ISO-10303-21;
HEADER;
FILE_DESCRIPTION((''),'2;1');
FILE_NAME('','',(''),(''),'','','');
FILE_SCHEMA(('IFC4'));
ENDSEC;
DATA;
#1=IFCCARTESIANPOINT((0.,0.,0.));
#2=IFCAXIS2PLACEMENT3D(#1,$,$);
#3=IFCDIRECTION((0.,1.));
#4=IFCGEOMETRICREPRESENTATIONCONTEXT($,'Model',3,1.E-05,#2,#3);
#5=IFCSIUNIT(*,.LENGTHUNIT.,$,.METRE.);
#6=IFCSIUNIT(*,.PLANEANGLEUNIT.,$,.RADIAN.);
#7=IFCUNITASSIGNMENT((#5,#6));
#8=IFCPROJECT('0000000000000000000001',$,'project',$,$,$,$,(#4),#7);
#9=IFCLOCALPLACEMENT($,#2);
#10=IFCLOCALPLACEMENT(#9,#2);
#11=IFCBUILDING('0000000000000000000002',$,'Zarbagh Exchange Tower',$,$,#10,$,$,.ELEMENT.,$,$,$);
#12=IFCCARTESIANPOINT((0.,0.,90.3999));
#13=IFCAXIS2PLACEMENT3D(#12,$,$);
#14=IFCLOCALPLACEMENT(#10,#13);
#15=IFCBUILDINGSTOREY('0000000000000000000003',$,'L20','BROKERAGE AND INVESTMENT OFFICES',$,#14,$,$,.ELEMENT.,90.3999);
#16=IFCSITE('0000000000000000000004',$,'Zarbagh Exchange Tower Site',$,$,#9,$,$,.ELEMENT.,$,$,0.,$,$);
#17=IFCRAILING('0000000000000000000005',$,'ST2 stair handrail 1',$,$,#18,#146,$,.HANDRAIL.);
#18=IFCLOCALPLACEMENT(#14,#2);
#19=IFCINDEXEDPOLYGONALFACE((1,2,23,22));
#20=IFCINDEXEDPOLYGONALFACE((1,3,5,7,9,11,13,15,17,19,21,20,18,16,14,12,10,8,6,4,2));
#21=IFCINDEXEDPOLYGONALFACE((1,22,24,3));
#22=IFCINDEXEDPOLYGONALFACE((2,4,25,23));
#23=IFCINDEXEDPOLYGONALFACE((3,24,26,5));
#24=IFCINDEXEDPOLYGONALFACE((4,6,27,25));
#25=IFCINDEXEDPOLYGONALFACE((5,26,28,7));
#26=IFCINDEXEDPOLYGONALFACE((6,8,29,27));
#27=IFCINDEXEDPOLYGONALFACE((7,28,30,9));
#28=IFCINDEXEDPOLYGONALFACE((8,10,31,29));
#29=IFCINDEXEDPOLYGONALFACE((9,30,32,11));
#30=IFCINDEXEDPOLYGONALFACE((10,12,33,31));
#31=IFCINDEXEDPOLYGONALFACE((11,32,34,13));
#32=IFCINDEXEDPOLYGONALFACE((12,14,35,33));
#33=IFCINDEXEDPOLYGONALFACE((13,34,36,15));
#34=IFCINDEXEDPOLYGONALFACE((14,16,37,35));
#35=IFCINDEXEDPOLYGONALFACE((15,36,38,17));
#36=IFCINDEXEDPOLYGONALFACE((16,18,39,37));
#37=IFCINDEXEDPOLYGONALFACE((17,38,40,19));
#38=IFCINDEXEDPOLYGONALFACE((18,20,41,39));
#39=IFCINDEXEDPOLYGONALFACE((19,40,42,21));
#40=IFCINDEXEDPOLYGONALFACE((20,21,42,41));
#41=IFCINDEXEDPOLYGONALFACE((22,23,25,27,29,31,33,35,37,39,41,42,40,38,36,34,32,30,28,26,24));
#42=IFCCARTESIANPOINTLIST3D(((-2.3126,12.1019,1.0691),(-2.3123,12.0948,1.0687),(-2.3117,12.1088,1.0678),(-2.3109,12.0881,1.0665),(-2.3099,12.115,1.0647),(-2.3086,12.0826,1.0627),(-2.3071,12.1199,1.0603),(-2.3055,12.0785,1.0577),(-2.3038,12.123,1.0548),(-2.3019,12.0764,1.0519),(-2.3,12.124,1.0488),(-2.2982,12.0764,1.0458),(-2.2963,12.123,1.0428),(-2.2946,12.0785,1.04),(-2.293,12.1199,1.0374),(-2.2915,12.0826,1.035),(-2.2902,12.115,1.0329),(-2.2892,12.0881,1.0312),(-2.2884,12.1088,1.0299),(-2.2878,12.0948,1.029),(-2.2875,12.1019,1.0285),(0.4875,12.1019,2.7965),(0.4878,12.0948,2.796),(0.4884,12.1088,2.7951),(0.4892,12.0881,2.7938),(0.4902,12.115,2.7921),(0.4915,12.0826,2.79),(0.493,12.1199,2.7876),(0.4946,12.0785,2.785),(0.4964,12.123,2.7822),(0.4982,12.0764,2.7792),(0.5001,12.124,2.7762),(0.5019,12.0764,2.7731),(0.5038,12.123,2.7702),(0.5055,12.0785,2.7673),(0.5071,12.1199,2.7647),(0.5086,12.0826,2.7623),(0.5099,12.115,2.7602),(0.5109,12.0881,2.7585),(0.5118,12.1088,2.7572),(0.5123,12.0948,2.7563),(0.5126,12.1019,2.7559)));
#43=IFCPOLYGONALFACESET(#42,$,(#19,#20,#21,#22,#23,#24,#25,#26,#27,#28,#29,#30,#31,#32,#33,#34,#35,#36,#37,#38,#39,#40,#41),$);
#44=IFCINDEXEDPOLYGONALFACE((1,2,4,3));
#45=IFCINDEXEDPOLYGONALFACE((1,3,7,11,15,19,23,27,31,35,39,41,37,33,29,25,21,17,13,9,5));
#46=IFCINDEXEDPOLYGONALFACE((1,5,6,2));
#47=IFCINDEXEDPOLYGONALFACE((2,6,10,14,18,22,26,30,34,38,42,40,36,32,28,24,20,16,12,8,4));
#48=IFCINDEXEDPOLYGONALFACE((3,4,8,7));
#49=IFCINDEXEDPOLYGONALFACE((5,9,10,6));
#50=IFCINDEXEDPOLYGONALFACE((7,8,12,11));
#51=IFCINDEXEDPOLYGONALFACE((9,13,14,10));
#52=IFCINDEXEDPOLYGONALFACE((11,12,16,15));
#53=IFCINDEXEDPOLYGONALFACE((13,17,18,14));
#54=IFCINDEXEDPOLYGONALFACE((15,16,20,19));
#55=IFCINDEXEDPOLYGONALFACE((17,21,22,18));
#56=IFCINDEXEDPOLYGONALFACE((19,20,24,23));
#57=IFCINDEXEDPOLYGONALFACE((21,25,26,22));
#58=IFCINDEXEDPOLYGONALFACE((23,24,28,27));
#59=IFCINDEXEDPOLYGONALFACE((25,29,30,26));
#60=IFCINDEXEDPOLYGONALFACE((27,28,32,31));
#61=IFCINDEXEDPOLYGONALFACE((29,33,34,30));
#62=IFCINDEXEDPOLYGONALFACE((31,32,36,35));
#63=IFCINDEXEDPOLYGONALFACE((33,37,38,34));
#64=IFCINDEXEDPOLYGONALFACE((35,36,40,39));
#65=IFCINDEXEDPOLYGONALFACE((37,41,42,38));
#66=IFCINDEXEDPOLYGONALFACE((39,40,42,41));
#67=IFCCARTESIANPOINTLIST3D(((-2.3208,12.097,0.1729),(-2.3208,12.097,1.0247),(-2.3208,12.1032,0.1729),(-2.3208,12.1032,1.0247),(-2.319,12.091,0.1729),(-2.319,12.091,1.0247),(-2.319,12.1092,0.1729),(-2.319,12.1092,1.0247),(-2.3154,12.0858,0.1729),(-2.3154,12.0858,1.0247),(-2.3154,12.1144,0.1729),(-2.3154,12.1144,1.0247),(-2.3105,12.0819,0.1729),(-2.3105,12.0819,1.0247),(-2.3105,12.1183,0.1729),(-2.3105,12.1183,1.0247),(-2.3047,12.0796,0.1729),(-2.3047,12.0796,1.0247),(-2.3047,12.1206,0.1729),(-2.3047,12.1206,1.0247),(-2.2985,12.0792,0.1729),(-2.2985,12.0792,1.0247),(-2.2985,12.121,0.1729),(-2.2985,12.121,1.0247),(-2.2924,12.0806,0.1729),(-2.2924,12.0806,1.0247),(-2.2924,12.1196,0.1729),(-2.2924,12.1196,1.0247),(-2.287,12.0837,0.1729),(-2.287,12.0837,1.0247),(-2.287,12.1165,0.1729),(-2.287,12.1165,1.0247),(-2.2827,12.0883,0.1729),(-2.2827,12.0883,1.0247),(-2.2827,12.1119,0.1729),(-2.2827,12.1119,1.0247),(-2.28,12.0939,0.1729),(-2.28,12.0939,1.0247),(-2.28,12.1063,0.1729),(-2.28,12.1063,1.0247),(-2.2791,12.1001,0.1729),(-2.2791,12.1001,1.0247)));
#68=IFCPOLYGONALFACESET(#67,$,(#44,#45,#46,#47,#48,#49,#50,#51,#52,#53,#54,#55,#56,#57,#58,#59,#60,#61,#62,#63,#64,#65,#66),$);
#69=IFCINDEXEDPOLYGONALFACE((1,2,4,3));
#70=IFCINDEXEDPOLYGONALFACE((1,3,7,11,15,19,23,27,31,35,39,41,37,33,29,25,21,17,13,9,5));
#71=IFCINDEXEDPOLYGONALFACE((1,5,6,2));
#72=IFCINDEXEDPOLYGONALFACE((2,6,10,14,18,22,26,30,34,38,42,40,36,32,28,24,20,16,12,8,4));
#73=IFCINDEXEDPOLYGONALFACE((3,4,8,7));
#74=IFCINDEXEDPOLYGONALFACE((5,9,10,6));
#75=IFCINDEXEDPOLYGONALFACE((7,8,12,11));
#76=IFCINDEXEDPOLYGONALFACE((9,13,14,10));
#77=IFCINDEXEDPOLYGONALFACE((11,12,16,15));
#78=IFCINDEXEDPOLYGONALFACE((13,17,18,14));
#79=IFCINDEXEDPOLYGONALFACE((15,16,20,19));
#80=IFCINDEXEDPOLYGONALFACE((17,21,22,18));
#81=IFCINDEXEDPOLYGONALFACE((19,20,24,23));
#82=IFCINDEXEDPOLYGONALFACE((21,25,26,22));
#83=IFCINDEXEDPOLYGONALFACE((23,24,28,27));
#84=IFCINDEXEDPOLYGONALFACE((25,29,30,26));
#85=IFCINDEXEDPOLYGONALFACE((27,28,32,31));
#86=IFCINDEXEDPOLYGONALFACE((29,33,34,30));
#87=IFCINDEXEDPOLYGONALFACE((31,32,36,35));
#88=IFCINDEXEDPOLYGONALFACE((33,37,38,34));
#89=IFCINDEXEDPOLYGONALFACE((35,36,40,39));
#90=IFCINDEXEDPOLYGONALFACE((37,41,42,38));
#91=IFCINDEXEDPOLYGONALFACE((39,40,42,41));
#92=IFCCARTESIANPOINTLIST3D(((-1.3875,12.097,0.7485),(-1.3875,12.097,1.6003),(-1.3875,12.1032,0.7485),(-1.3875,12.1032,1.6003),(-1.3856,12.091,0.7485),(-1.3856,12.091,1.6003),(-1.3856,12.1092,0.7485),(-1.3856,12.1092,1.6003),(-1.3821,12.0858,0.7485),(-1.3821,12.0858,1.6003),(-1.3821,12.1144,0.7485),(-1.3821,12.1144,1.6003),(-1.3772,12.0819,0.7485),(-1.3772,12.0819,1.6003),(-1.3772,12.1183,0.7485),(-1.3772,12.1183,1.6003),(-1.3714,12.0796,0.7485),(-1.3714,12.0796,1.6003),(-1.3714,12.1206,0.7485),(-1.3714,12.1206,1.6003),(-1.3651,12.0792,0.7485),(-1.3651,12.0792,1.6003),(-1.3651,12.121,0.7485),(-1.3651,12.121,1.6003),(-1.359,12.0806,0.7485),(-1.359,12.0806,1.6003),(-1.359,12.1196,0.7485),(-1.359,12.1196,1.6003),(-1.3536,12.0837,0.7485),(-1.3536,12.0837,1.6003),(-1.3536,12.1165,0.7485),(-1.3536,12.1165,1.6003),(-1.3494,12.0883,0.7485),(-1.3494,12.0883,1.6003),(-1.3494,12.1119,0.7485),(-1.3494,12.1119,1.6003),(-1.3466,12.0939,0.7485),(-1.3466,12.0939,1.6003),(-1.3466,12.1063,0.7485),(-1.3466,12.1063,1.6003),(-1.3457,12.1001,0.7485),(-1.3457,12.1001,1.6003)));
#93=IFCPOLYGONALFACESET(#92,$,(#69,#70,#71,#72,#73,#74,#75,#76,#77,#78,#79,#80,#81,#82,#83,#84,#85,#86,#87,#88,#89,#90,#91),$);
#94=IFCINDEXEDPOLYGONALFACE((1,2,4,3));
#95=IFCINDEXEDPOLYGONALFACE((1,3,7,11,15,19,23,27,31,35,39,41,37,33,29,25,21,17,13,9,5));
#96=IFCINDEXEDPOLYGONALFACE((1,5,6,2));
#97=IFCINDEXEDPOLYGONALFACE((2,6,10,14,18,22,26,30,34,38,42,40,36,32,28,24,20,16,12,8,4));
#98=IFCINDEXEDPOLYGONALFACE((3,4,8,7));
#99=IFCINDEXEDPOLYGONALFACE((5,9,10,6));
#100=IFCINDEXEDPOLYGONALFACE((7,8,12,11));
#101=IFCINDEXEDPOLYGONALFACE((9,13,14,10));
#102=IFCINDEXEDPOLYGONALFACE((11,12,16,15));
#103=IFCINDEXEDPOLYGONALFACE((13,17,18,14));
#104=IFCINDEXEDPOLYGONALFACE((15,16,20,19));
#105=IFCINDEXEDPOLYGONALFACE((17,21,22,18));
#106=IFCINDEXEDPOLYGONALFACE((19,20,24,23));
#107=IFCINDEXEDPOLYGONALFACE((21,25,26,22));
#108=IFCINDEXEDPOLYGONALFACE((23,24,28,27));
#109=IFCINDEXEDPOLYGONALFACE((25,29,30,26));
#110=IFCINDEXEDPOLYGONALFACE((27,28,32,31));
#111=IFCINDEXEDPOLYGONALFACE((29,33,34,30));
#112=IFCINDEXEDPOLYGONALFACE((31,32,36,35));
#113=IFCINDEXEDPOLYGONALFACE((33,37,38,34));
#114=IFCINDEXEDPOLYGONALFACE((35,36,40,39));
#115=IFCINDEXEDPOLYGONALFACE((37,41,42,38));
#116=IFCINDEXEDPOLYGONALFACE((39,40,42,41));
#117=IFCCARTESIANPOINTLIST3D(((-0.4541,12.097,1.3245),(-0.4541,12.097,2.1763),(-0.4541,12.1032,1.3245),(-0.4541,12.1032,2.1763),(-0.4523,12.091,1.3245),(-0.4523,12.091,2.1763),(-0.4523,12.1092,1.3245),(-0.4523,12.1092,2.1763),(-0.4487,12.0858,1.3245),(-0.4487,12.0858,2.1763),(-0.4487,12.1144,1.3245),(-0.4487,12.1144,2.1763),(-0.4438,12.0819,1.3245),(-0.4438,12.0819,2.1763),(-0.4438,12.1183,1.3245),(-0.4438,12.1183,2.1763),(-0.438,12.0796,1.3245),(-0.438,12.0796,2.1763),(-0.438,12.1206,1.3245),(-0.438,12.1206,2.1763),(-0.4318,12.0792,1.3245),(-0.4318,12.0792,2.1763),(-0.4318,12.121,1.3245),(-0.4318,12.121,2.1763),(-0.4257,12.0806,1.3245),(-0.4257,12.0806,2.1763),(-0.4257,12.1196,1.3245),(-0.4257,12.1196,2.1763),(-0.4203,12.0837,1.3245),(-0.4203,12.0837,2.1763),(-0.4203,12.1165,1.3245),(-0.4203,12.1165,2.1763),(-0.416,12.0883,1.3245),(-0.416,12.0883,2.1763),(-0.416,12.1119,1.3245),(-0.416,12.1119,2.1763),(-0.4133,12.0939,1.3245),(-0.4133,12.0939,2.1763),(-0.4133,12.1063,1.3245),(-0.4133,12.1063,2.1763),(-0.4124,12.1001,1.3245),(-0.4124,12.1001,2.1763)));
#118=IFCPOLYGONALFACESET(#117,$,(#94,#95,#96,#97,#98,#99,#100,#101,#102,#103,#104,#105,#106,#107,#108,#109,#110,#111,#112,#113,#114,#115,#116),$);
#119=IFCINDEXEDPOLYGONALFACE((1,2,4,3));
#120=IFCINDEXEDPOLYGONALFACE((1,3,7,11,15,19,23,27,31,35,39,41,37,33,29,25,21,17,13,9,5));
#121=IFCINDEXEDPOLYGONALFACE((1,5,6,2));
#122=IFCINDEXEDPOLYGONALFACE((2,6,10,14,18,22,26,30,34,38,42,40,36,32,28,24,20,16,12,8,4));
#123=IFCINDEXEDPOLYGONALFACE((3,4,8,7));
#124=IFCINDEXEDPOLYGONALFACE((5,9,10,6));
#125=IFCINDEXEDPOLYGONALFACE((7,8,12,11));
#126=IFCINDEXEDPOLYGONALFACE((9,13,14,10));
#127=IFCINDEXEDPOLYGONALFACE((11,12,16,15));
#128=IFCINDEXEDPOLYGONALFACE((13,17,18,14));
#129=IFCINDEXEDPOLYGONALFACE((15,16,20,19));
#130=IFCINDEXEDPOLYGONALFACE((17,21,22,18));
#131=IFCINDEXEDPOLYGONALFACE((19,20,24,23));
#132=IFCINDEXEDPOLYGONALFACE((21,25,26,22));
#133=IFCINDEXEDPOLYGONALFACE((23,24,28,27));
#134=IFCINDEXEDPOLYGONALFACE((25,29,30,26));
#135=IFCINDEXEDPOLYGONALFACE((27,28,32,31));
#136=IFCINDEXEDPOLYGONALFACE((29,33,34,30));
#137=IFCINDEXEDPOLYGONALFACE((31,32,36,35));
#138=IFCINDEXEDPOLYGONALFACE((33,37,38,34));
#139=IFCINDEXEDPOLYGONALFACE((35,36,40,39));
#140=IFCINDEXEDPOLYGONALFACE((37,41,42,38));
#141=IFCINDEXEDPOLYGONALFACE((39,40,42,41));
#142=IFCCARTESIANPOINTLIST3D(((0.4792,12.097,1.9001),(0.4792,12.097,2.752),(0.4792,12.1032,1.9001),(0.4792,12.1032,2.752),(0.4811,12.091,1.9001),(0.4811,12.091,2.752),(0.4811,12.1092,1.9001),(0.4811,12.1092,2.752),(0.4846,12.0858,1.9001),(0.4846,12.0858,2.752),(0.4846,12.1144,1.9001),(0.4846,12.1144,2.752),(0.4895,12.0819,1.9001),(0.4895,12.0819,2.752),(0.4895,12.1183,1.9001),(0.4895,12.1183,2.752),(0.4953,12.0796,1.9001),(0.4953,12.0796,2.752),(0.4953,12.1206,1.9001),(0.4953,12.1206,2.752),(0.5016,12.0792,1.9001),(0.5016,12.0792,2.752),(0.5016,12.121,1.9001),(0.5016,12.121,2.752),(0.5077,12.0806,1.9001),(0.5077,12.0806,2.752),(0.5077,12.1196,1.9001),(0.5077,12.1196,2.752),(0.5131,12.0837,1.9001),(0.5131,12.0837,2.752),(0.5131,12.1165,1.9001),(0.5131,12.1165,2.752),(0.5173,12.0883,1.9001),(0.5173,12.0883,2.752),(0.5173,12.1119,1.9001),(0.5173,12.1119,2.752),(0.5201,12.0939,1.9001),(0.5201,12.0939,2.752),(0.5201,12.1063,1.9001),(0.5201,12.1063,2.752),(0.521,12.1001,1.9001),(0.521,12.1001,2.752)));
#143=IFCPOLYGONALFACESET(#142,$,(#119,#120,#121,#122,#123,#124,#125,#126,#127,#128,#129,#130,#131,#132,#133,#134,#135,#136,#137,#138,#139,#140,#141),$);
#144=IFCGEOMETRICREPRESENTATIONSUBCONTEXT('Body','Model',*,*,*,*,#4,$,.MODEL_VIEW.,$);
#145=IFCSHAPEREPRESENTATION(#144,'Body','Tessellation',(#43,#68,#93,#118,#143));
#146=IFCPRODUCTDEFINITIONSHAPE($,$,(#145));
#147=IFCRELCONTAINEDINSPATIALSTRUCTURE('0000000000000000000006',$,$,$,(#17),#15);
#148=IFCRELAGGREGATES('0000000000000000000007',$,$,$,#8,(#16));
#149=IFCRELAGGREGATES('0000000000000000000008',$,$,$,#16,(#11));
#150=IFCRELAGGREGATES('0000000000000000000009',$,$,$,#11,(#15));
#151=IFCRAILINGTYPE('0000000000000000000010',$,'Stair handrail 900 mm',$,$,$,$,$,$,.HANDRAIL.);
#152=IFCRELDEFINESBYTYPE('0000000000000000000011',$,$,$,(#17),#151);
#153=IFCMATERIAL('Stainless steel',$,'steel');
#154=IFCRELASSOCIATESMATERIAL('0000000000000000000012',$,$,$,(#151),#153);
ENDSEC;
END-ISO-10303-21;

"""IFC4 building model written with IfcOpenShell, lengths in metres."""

from ifc_helpers import new_model, si_unit, direction, frame, origin, origin_2d, place, context, subcontext, project, spatial, circle, extrude, material, type_object, element, save


model = new_model("IFC4")

# Units and contexts
model_context = context("Model", 3, precision=1e-05, world=origin(), true_north=direction((0.0, 1.0)))
body_context = subcontext(model_context, "Body", "Model", "MODEL_VIEW")
ifc_project = project(units=[si_unit("LENGTHUNIT", "METRE"), si_unit("PLANEANGLEUNIT", "RADIAN")], contexts=[model_context])

# Site, building, storey
site_placement = place(None, origin())
site = spatial("IfcSite", under=ifc_project, at=site_placement, Name="Zarbagh Exchange Tower Site", CompositionType="ELEMENT", RefElevation=0.0)
building_placement = place(site_placement, origin())
building = spatial("IfcBuilding", under=site, at=building_placement, Name="Zarbagh Exchange Tower", CompositionType="ELEMENT")
storey_placement = place(building_placement, frame((0.0, 0.0, 90.3999)))
storey = spatial("IfcBuildingStorey", under=building, at=storey_placement, Name="L20", Description="BROKERAGE AND INVESTMENT OFFICES", CompositionType="ELEMENT", Elevation=90.3999)

# Shared definitions
ifc_material_1 = material(Name="Stainless steel", Category="steel")

# Railing
railing_type_1 = type_object("IfcRailingType", Name="Stair handrail 900 mm", PredefinedType="HANDRAIL", material=ifc_material_1)
for number, where, name in (
    (1, (-2.3, 12.1001, 0.1729), "ST2 stair handrail 1"),
):
    element("IfcRailing", number, at=place(storey_placement, frame(where)), inside=storey, type_object=railing_type_1, Name=name, PredefinedType="HANDRAIL", context=body_context, shape_type="SweptSolid", body=[
        extrude(circle(Radius=0.0239, at=origin_2d()), frame((0.0, 0.0, 0.876), z_axis=(0.85109, 0.0, 0.52502), x_axis=(0.0, 1.0, 0.0)), (0.0, 0.0, 1.0), 3.29),
        extrude(circle(Radius=0.021, at=origin_2d()), origin(), (0.0, 0.0, 1.0), 0.8518),
        extrude(circle(Radius=0.021, at=origin_2d()), frame((0.9333, 0.0, 0.5757)), (0.0, 0.0, 1.0), 0.8518),
        extrude(circle(Radius=0.021, at=origin_2d()), frame((1.8667, 0.0, 1.1516)), (0.0, 0.0, 1.0), 0.8518),
        extrude(circle(Radius=0.021, at=origin_2d()), frame((2.8, 0.0, 1.7273)), (0.0, 0.0, 1.0), 0.8518),
    ])

save(model, "model.ifc")
